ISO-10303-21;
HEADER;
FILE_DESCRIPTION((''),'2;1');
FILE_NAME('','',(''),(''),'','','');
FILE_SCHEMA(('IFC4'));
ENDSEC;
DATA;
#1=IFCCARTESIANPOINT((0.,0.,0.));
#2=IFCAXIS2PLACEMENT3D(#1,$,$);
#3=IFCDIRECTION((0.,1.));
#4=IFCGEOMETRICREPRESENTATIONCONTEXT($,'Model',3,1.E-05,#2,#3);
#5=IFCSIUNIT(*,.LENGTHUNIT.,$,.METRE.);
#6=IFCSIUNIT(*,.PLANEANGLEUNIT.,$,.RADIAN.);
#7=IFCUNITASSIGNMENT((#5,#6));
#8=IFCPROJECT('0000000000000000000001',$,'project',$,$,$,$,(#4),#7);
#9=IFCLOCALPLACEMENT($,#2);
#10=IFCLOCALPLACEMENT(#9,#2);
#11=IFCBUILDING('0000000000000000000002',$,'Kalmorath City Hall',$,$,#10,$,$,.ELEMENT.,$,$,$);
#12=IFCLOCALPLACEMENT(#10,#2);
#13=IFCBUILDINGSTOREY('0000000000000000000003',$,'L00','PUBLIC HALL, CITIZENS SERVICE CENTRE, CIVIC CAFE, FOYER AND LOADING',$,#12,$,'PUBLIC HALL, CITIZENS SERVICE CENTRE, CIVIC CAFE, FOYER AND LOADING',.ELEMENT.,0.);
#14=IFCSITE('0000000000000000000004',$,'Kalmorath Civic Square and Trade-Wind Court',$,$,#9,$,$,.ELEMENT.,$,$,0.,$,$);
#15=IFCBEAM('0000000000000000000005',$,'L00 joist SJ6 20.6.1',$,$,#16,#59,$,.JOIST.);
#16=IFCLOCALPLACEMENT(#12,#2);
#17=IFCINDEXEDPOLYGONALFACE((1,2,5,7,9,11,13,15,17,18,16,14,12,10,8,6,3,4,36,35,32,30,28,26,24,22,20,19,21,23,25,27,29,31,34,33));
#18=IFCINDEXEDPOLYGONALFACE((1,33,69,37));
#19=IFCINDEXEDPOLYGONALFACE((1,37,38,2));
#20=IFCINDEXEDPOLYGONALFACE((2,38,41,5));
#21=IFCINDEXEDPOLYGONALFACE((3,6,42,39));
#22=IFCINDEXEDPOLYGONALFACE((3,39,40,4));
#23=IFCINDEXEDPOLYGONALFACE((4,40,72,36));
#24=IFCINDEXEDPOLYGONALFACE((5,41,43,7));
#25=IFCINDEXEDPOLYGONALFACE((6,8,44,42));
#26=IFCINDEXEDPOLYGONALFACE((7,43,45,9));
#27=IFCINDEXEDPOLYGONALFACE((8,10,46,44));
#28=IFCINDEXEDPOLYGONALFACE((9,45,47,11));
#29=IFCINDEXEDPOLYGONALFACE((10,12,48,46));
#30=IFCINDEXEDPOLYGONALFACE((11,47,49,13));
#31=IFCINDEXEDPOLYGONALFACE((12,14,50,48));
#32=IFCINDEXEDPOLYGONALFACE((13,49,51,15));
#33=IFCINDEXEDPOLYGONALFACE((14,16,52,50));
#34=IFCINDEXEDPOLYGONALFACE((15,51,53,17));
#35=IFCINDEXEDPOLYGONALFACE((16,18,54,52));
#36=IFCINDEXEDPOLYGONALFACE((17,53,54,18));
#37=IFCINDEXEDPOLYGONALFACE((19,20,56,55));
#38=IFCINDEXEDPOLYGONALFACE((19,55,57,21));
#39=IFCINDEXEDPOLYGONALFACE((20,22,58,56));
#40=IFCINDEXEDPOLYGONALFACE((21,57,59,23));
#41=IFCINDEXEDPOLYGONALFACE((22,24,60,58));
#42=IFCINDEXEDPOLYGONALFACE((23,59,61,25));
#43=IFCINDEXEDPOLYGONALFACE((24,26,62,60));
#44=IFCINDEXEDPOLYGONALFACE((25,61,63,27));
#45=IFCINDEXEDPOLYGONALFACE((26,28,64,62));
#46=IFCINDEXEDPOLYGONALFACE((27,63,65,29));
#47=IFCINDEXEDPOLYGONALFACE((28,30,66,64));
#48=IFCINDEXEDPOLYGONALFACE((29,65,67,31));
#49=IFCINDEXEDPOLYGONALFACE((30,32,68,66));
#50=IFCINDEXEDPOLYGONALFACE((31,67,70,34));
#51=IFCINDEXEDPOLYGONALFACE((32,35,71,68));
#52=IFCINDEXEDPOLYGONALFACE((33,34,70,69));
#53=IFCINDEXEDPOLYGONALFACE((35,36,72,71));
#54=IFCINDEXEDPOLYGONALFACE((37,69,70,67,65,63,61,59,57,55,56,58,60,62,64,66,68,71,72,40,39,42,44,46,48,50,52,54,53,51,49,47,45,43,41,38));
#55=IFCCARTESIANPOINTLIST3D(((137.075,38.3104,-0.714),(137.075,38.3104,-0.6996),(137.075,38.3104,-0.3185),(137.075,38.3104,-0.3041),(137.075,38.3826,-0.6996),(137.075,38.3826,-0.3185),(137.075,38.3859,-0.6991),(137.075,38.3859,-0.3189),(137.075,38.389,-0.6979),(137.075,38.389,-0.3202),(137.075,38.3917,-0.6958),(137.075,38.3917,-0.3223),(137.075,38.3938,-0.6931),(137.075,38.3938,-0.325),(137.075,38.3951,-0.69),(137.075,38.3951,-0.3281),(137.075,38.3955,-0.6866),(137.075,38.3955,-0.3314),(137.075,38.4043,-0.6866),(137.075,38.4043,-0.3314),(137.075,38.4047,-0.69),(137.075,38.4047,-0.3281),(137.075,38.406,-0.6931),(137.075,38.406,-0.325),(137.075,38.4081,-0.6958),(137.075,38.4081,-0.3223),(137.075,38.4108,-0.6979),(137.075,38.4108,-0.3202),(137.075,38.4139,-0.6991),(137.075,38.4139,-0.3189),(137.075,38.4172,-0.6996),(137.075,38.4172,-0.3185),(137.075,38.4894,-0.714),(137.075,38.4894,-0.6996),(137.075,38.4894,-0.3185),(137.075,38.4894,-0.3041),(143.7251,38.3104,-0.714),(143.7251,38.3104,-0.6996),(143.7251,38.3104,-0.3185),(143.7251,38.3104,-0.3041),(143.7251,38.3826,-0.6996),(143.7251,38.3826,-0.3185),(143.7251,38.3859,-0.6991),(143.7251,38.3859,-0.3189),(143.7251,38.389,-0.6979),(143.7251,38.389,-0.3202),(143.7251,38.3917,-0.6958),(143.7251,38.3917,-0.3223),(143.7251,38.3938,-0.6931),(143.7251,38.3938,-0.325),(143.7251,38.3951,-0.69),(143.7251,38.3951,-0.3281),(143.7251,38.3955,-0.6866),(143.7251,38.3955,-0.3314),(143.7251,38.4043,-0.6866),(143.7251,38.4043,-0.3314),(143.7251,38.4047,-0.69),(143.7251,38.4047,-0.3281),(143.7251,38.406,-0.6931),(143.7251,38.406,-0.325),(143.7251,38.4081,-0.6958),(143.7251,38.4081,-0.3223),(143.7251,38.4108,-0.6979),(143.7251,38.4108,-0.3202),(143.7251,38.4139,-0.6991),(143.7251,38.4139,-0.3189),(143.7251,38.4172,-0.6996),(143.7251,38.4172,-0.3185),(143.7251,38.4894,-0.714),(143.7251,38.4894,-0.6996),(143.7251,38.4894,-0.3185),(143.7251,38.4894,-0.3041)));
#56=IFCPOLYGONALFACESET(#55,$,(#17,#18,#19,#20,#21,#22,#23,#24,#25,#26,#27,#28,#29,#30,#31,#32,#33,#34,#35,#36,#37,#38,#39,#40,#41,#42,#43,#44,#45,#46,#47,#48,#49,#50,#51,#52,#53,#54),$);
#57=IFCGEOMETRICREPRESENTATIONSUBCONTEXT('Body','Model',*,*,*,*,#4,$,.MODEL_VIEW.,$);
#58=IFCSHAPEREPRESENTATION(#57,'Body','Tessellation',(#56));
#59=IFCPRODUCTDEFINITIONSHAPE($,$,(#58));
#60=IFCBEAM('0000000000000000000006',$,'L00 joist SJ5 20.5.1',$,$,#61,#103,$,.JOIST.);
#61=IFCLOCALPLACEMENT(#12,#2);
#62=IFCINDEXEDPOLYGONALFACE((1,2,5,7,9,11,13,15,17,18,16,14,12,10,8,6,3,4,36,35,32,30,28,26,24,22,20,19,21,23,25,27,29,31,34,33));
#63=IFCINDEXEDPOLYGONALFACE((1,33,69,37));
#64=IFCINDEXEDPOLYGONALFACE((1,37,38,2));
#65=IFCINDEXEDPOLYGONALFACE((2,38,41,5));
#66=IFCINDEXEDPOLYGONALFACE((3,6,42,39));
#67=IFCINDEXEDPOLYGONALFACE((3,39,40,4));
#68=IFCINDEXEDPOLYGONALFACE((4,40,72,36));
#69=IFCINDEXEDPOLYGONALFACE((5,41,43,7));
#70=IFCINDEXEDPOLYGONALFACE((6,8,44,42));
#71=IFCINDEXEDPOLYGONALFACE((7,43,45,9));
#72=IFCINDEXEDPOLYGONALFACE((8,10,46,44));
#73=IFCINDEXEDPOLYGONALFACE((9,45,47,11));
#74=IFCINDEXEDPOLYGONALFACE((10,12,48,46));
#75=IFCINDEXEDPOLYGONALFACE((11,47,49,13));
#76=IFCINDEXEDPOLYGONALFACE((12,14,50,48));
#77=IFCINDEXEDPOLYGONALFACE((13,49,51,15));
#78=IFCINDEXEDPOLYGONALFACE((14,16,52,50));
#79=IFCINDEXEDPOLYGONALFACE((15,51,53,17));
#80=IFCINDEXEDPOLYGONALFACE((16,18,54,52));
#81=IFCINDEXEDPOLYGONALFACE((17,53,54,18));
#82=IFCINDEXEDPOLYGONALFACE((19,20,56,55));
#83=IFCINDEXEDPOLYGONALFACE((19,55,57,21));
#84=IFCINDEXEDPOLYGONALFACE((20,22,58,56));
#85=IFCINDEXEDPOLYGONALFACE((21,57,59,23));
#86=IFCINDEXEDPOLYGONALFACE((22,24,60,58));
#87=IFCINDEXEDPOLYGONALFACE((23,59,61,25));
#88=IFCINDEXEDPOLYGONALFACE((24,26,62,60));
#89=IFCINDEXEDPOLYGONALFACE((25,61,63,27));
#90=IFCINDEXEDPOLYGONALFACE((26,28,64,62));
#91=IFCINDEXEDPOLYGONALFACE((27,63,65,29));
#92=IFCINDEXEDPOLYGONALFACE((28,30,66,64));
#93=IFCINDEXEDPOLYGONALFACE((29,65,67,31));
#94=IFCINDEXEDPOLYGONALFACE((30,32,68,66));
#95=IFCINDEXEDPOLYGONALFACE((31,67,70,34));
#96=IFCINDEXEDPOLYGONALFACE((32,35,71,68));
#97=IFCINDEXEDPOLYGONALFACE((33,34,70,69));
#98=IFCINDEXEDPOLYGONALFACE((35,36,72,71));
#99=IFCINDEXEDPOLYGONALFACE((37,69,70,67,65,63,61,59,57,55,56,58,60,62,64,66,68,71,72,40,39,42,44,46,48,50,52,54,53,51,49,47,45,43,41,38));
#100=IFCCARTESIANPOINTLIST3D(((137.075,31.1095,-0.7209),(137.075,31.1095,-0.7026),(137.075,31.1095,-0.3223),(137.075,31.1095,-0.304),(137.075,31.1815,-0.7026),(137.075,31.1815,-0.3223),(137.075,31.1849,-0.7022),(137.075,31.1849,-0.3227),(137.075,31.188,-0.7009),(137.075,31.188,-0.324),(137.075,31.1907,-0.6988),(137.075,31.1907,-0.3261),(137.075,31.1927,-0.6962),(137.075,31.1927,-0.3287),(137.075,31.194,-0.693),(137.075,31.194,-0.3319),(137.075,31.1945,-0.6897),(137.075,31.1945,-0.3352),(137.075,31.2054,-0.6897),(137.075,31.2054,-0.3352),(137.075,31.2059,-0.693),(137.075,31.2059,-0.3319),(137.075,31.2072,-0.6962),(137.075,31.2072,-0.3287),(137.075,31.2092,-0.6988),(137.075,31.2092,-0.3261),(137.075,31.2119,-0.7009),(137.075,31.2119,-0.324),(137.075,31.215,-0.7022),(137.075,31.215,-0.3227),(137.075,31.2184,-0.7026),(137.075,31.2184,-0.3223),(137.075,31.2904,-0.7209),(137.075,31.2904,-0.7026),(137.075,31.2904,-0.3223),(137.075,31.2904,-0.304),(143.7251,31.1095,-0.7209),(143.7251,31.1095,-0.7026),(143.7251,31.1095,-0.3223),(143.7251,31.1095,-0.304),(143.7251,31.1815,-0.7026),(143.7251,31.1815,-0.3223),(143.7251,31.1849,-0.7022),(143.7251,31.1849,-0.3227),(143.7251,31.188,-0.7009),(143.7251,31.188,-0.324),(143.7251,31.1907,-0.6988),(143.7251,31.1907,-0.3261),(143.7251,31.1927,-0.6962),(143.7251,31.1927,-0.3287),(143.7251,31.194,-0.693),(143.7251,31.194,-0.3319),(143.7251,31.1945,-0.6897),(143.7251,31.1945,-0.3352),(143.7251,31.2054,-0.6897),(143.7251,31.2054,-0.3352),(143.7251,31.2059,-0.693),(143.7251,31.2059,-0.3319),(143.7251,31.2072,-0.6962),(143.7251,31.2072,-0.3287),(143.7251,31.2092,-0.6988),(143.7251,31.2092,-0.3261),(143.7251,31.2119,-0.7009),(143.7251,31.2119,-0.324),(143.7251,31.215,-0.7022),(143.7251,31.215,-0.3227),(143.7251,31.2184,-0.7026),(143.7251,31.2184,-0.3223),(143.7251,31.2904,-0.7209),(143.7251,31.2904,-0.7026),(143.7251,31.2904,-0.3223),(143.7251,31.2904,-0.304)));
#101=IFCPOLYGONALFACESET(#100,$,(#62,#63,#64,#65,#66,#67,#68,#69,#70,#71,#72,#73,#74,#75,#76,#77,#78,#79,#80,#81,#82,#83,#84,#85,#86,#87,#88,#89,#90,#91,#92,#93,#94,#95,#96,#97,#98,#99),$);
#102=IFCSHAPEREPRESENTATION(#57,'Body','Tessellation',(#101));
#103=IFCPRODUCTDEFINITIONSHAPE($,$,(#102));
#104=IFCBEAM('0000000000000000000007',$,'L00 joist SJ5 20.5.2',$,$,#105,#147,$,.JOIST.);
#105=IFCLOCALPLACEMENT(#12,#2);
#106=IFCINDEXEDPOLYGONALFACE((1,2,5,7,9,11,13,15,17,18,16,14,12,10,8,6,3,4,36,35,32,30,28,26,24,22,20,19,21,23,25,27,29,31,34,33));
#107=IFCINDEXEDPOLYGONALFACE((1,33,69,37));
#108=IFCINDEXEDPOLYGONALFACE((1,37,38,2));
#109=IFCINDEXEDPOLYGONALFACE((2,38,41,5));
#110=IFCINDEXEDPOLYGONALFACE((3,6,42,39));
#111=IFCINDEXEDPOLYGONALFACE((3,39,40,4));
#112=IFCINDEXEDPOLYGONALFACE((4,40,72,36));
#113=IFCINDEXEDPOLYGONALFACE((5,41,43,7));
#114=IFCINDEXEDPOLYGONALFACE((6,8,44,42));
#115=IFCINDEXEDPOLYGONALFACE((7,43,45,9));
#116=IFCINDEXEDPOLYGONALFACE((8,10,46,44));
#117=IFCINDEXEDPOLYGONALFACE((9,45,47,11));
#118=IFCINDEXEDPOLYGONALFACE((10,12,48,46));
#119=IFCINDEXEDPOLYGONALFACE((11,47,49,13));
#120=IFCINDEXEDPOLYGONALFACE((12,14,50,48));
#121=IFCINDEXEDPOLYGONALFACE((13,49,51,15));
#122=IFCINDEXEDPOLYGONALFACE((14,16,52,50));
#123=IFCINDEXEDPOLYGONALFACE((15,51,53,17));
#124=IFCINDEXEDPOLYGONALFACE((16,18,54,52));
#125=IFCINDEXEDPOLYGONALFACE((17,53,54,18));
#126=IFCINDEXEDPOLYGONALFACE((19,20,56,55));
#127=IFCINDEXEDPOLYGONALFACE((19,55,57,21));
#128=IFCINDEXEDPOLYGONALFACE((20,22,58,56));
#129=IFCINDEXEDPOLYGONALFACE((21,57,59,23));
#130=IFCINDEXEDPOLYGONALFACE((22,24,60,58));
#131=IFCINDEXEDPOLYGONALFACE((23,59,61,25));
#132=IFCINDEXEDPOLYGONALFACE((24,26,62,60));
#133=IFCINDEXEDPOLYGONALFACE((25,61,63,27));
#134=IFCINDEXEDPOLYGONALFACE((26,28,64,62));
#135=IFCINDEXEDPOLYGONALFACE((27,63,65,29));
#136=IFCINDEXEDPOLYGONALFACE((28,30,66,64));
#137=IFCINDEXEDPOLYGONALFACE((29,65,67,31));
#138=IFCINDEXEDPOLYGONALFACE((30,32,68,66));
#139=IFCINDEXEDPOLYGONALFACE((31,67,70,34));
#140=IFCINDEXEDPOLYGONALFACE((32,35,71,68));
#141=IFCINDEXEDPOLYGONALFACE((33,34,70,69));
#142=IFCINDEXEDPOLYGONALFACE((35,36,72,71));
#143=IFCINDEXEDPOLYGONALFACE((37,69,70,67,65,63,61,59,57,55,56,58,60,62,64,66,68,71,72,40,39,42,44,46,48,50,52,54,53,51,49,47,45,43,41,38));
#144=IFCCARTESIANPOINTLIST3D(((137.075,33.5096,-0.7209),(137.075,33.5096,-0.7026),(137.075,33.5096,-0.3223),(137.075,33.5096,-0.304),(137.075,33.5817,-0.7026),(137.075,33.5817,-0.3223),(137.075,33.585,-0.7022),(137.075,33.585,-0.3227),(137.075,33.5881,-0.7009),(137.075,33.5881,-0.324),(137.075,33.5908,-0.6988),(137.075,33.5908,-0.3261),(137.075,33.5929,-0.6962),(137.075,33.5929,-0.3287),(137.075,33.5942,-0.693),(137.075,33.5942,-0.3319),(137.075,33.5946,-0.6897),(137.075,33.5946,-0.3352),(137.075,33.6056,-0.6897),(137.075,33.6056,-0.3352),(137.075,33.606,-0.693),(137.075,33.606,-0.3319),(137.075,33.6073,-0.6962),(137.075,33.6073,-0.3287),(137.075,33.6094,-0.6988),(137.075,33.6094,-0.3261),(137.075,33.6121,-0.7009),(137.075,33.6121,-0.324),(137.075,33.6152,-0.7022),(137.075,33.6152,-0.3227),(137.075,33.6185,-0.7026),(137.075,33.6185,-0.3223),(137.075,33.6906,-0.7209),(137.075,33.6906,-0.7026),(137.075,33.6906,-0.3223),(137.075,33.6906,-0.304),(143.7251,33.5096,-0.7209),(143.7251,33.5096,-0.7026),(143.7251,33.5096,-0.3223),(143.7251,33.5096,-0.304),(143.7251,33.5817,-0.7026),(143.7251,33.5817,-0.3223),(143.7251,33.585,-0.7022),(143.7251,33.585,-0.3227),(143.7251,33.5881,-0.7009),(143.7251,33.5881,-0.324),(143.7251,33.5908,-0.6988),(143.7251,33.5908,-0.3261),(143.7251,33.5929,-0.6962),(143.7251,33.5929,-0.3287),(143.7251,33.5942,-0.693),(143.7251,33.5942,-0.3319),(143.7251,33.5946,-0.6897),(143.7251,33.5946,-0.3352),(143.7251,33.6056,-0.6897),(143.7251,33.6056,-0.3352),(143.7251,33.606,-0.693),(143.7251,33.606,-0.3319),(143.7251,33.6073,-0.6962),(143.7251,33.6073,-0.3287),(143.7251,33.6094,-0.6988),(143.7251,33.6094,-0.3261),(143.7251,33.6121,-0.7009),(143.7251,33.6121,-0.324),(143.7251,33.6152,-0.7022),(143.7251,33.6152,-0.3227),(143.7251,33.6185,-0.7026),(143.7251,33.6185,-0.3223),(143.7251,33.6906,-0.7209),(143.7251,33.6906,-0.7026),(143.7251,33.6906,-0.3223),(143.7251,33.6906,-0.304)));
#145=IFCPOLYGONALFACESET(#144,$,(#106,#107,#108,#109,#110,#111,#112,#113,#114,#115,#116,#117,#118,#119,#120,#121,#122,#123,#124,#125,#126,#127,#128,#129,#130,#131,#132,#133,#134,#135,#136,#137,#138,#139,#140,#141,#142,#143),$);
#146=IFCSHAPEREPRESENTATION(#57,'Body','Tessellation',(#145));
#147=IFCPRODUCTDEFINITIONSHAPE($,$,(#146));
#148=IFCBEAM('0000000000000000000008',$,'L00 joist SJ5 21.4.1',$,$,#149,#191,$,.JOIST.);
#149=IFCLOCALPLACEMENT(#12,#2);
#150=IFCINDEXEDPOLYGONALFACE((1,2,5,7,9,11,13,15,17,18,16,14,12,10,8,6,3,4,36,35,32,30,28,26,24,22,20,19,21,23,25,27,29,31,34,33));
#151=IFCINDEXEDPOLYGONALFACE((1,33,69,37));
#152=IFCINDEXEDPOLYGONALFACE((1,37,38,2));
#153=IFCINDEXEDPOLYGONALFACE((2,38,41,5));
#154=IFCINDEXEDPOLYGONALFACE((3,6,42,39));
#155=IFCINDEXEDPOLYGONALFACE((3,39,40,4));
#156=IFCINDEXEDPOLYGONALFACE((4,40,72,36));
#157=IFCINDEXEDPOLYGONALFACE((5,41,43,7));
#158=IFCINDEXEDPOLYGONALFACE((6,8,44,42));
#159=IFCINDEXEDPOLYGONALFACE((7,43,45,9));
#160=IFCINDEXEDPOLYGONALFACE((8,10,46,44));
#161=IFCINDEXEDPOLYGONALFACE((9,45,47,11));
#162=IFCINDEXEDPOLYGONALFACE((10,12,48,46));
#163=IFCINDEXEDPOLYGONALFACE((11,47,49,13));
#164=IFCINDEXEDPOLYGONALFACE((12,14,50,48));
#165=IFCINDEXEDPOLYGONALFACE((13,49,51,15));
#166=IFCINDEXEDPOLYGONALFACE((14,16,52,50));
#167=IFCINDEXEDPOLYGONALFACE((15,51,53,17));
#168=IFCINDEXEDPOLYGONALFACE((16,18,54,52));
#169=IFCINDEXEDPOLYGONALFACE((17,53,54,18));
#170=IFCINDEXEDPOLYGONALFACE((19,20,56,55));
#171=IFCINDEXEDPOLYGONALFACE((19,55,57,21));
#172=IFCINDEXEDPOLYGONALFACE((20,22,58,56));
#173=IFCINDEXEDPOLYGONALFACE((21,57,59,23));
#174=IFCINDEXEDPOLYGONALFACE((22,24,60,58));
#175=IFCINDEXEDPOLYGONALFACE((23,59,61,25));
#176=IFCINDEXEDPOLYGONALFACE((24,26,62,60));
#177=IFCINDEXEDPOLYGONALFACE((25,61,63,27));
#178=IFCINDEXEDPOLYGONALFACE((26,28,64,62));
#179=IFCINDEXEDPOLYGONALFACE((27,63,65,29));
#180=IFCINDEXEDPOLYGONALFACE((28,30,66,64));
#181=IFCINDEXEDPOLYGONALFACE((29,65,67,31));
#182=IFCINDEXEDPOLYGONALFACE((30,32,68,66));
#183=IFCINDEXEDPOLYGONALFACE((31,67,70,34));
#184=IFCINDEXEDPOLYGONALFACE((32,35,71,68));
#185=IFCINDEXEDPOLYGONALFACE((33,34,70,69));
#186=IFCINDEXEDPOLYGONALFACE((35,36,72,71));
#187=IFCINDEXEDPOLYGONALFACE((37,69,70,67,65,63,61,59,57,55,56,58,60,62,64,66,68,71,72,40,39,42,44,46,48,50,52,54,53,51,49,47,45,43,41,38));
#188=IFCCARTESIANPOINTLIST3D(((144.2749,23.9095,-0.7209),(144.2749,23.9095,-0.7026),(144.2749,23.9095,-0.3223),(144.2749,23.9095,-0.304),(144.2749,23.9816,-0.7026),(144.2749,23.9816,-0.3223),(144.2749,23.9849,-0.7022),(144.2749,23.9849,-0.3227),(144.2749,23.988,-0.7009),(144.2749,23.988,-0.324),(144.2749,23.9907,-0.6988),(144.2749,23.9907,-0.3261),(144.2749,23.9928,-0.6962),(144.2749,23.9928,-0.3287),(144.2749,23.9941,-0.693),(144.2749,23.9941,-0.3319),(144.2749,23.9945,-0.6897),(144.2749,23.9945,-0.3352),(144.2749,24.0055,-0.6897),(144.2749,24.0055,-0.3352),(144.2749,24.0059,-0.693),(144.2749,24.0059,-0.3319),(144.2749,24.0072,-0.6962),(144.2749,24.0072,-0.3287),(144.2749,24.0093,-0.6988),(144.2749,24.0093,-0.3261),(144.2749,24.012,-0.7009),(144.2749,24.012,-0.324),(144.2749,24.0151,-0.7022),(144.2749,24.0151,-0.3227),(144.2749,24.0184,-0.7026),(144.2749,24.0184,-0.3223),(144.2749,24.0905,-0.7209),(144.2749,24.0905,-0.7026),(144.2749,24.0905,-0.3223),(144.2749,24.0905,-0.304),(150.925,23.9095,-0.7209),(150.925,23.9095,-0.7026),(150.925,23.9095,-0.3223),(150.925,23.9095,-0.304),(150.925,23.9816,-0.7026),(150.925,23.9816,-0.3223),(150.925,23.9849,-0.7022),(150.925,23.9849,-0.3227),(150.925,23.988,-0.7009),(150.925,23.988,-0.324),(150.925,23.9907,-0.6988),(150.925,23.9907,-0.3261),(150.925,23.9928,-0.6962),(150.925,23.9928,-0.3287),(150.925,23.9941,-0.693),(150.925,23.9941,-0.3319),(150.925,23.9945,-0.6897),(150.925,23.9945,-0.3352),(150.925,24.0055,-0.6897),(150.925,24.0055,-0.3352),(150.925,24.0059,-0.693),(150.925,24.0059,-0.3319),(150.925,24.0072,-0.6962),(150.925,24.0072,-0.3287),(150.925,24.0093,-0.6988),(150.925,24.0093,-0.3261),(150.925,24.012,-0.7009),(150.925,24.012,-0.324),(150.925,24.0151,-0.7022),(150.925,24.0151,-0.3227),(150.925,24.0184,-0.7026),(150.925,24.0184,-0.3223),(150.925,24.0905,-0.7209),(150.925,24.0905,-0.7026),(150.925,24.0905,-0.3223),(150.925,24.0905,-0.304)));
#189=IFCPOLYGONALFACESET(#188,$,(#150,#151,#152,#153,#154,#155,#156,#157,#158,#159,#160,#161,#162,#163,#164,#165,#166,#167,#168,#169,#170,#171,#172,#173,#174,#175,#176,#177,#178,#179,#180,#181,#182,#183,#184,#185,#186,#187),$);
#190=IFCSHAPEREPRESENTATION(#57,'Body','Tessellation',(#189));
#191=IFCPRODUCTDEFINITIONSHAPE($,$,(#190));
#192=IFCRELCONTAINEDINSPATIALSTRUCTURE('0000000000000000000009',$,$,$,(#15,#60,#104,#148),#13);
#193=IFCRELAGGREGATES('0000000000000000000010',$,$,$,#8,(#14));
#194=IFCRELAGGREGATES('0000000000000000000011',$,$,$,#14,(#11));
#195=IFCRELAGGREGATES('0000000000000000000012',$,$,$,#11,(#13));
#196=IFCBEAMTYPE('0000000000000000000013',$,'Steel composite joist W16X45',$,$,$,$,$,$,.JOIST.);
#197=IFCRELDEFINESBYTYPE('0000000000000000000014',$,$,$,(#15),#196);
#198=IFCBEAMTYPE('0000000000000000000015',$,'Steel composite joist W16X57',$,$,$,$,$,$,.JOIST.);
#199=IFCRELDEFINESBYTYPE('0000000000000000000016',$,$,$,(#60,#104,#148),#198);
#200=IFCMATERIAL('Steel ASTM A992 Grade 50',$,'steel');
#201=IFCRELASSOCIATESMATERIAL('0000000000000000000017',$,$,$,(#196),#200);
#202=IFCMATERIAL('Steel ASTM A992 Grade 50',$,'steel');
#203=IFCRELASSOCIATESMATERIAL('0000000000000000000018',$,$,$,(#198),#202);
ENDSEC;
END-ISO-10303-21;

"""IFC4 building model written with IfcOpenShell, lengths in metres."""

from ifc_helpers import new_model, si_unit, direction, frame, origin, origin_2d, place, context, subcontext, project, spatial, i_section, extrude, material, material_profile, profile_set, type_object, element, save


model = new_model("IFC4")

# Units and contexts
model_context = context("Model", 3, precision=1e-05, world=origin(), true_north=direction((0.0, 1.0)))
body_context = subcontext(model_context, "Body", "Model", "MODEL_VIEW")
ifc_project = project(units=[si_unit("LENGTHUNIT", "METRE"), si_unit("PLANEANGLEUNIT", "RADIAN")], contexts=[model_context])

# Site, building, storey
site_placement = place(None, origin())
site = spatial("IfcSite", under=ifc_project, at=site_placement, Name="Kalmorath Civic Square and Trade-Wind Court", CompositionType="ELEMENT", RefElevation=0.0)
building_placement = place(site_placement, origin())
building = spatial("IfcBuilding", under=site, at=building_placement, Name="Kalmorath City Hall", CompositionType="ELEMENT")
storey_placement = place(building_placement, origin())
storey = spatial("IfcBuildingStorey", under=building, at=storey_placement, Name="L00", Description="PUBLIC HALL, CITIZENS SERVICE CENTRE, CIVIC CAFE, FOYER AND LOADING", LongName="PUBLIC HALL, CITIZENS SERVICE CENTRE, CIVIC CAFE, FOYER AND LOADING", CompositionType="ELEMENT", Elevation=0.0)

# Beams
ifc_material_1 = material(Name="Steel ASTM A992 Grade 50", Category="steel")
ifc_material_profile_1 = material_profile(ifc_material_1, i_section(OverallWidth=0.179, OverallDepth=0.4099, WebThickness=0.0088, FlangeThickness=0.0144, FilletRadius=0.0129, at=origin_2d()), Name="W16X45")
ifc_profile_set_1 = profile_set([ifc_material_profile_1], Name="Steel ASTM A992 Grade 50")
beam_type_1 = type_object("IfcBeamType", Name="Steel composite joist W16X45", PredefinedType="JOIST", material=ifc_profile_set_1)
beam_1_placement = place(storey_placement, frame((137.075, 38.3999, -0.509), z_axis=(1.0, 0.0, 0.0), x_axis=(0.0, 1.0, 0.0)))
element("IfcBeam", 1, at=beam_1_placement, inside=storey, type_object=beam_type_1, Name="L00 joist SJ6 20.6.1", PredefinedType="JOIST", context=body_context, shape_type="SweptSolid", body=[
    extrude(i_section(OverallWidth=0.179, OverallDepth=0.4099, WebThickness=0.0088, FlangeThickness=0.0144, FilletRadius=0.0129, at=origin_2d()), origin(), (0.0, 0.0, 1.0), 6.6501),
])
ifc_material_2 = material(Name="Steel ASTM A992 Grade 50", Category="steel")
ifc_material_profile_2 = material_profile(ifc_material_2, i_section(OverallWidth=0.1809, OverallDepth=0.417, WebThickness=0.011, FlangeThickness=0.0183, FilletRadius=0.0129, at=origin_2d()), Name="W16X57")
ifc_profile_set_2 = profile_set([ifc_material_profile_2], Name="Steel ASTM A992 Grade 50")
beam_type_2 = type_object("IfcBeamType", Name="Steel composite joist W16X57", PredefinedType="JOIST", material=ifc_profile_set_2)
for number, where, z_axis, x_axis, name in (
    (2, (137.075, 31.2, -0.5125), (1.0, 0.0, 0.0), (0.0, 1.0, 0.0), "L00 joist SJ5 20.5.1"),
    (3, (137.075, 33.6001, -0.5125), (1.0, 0.0, 0.0), (0.0, 1.0, 0.0), "L00 joist SJ5 20.5.2"),
    (4, (144.2749, 24.0, -0.5125), (1.0, 0.0, 0.0), (0.0, 1.0, 0.0), "L00 joist SJ5 21.4.1"),
):
    element("IfcBeam", number, at=place(storey_placement, frame(where, z_axis=z_axis, x_axis=x_axis)), inside=storey, type_object=beam_type_2, Name=name, PredefinedType="JOIST", context=body_context, shape_type="SweptSolid", body=[
        extrude(i_section(OverallWidth=0.1809, OverallDepth=0.417, WebThickness=0.011, FlangeThickness=0.0183, FilletRadius=0.0129, at=origin_2d()), origin(), (0.0, 0.0, 1.0), 6.6501),
    ])

save(model, "model.ifc")
